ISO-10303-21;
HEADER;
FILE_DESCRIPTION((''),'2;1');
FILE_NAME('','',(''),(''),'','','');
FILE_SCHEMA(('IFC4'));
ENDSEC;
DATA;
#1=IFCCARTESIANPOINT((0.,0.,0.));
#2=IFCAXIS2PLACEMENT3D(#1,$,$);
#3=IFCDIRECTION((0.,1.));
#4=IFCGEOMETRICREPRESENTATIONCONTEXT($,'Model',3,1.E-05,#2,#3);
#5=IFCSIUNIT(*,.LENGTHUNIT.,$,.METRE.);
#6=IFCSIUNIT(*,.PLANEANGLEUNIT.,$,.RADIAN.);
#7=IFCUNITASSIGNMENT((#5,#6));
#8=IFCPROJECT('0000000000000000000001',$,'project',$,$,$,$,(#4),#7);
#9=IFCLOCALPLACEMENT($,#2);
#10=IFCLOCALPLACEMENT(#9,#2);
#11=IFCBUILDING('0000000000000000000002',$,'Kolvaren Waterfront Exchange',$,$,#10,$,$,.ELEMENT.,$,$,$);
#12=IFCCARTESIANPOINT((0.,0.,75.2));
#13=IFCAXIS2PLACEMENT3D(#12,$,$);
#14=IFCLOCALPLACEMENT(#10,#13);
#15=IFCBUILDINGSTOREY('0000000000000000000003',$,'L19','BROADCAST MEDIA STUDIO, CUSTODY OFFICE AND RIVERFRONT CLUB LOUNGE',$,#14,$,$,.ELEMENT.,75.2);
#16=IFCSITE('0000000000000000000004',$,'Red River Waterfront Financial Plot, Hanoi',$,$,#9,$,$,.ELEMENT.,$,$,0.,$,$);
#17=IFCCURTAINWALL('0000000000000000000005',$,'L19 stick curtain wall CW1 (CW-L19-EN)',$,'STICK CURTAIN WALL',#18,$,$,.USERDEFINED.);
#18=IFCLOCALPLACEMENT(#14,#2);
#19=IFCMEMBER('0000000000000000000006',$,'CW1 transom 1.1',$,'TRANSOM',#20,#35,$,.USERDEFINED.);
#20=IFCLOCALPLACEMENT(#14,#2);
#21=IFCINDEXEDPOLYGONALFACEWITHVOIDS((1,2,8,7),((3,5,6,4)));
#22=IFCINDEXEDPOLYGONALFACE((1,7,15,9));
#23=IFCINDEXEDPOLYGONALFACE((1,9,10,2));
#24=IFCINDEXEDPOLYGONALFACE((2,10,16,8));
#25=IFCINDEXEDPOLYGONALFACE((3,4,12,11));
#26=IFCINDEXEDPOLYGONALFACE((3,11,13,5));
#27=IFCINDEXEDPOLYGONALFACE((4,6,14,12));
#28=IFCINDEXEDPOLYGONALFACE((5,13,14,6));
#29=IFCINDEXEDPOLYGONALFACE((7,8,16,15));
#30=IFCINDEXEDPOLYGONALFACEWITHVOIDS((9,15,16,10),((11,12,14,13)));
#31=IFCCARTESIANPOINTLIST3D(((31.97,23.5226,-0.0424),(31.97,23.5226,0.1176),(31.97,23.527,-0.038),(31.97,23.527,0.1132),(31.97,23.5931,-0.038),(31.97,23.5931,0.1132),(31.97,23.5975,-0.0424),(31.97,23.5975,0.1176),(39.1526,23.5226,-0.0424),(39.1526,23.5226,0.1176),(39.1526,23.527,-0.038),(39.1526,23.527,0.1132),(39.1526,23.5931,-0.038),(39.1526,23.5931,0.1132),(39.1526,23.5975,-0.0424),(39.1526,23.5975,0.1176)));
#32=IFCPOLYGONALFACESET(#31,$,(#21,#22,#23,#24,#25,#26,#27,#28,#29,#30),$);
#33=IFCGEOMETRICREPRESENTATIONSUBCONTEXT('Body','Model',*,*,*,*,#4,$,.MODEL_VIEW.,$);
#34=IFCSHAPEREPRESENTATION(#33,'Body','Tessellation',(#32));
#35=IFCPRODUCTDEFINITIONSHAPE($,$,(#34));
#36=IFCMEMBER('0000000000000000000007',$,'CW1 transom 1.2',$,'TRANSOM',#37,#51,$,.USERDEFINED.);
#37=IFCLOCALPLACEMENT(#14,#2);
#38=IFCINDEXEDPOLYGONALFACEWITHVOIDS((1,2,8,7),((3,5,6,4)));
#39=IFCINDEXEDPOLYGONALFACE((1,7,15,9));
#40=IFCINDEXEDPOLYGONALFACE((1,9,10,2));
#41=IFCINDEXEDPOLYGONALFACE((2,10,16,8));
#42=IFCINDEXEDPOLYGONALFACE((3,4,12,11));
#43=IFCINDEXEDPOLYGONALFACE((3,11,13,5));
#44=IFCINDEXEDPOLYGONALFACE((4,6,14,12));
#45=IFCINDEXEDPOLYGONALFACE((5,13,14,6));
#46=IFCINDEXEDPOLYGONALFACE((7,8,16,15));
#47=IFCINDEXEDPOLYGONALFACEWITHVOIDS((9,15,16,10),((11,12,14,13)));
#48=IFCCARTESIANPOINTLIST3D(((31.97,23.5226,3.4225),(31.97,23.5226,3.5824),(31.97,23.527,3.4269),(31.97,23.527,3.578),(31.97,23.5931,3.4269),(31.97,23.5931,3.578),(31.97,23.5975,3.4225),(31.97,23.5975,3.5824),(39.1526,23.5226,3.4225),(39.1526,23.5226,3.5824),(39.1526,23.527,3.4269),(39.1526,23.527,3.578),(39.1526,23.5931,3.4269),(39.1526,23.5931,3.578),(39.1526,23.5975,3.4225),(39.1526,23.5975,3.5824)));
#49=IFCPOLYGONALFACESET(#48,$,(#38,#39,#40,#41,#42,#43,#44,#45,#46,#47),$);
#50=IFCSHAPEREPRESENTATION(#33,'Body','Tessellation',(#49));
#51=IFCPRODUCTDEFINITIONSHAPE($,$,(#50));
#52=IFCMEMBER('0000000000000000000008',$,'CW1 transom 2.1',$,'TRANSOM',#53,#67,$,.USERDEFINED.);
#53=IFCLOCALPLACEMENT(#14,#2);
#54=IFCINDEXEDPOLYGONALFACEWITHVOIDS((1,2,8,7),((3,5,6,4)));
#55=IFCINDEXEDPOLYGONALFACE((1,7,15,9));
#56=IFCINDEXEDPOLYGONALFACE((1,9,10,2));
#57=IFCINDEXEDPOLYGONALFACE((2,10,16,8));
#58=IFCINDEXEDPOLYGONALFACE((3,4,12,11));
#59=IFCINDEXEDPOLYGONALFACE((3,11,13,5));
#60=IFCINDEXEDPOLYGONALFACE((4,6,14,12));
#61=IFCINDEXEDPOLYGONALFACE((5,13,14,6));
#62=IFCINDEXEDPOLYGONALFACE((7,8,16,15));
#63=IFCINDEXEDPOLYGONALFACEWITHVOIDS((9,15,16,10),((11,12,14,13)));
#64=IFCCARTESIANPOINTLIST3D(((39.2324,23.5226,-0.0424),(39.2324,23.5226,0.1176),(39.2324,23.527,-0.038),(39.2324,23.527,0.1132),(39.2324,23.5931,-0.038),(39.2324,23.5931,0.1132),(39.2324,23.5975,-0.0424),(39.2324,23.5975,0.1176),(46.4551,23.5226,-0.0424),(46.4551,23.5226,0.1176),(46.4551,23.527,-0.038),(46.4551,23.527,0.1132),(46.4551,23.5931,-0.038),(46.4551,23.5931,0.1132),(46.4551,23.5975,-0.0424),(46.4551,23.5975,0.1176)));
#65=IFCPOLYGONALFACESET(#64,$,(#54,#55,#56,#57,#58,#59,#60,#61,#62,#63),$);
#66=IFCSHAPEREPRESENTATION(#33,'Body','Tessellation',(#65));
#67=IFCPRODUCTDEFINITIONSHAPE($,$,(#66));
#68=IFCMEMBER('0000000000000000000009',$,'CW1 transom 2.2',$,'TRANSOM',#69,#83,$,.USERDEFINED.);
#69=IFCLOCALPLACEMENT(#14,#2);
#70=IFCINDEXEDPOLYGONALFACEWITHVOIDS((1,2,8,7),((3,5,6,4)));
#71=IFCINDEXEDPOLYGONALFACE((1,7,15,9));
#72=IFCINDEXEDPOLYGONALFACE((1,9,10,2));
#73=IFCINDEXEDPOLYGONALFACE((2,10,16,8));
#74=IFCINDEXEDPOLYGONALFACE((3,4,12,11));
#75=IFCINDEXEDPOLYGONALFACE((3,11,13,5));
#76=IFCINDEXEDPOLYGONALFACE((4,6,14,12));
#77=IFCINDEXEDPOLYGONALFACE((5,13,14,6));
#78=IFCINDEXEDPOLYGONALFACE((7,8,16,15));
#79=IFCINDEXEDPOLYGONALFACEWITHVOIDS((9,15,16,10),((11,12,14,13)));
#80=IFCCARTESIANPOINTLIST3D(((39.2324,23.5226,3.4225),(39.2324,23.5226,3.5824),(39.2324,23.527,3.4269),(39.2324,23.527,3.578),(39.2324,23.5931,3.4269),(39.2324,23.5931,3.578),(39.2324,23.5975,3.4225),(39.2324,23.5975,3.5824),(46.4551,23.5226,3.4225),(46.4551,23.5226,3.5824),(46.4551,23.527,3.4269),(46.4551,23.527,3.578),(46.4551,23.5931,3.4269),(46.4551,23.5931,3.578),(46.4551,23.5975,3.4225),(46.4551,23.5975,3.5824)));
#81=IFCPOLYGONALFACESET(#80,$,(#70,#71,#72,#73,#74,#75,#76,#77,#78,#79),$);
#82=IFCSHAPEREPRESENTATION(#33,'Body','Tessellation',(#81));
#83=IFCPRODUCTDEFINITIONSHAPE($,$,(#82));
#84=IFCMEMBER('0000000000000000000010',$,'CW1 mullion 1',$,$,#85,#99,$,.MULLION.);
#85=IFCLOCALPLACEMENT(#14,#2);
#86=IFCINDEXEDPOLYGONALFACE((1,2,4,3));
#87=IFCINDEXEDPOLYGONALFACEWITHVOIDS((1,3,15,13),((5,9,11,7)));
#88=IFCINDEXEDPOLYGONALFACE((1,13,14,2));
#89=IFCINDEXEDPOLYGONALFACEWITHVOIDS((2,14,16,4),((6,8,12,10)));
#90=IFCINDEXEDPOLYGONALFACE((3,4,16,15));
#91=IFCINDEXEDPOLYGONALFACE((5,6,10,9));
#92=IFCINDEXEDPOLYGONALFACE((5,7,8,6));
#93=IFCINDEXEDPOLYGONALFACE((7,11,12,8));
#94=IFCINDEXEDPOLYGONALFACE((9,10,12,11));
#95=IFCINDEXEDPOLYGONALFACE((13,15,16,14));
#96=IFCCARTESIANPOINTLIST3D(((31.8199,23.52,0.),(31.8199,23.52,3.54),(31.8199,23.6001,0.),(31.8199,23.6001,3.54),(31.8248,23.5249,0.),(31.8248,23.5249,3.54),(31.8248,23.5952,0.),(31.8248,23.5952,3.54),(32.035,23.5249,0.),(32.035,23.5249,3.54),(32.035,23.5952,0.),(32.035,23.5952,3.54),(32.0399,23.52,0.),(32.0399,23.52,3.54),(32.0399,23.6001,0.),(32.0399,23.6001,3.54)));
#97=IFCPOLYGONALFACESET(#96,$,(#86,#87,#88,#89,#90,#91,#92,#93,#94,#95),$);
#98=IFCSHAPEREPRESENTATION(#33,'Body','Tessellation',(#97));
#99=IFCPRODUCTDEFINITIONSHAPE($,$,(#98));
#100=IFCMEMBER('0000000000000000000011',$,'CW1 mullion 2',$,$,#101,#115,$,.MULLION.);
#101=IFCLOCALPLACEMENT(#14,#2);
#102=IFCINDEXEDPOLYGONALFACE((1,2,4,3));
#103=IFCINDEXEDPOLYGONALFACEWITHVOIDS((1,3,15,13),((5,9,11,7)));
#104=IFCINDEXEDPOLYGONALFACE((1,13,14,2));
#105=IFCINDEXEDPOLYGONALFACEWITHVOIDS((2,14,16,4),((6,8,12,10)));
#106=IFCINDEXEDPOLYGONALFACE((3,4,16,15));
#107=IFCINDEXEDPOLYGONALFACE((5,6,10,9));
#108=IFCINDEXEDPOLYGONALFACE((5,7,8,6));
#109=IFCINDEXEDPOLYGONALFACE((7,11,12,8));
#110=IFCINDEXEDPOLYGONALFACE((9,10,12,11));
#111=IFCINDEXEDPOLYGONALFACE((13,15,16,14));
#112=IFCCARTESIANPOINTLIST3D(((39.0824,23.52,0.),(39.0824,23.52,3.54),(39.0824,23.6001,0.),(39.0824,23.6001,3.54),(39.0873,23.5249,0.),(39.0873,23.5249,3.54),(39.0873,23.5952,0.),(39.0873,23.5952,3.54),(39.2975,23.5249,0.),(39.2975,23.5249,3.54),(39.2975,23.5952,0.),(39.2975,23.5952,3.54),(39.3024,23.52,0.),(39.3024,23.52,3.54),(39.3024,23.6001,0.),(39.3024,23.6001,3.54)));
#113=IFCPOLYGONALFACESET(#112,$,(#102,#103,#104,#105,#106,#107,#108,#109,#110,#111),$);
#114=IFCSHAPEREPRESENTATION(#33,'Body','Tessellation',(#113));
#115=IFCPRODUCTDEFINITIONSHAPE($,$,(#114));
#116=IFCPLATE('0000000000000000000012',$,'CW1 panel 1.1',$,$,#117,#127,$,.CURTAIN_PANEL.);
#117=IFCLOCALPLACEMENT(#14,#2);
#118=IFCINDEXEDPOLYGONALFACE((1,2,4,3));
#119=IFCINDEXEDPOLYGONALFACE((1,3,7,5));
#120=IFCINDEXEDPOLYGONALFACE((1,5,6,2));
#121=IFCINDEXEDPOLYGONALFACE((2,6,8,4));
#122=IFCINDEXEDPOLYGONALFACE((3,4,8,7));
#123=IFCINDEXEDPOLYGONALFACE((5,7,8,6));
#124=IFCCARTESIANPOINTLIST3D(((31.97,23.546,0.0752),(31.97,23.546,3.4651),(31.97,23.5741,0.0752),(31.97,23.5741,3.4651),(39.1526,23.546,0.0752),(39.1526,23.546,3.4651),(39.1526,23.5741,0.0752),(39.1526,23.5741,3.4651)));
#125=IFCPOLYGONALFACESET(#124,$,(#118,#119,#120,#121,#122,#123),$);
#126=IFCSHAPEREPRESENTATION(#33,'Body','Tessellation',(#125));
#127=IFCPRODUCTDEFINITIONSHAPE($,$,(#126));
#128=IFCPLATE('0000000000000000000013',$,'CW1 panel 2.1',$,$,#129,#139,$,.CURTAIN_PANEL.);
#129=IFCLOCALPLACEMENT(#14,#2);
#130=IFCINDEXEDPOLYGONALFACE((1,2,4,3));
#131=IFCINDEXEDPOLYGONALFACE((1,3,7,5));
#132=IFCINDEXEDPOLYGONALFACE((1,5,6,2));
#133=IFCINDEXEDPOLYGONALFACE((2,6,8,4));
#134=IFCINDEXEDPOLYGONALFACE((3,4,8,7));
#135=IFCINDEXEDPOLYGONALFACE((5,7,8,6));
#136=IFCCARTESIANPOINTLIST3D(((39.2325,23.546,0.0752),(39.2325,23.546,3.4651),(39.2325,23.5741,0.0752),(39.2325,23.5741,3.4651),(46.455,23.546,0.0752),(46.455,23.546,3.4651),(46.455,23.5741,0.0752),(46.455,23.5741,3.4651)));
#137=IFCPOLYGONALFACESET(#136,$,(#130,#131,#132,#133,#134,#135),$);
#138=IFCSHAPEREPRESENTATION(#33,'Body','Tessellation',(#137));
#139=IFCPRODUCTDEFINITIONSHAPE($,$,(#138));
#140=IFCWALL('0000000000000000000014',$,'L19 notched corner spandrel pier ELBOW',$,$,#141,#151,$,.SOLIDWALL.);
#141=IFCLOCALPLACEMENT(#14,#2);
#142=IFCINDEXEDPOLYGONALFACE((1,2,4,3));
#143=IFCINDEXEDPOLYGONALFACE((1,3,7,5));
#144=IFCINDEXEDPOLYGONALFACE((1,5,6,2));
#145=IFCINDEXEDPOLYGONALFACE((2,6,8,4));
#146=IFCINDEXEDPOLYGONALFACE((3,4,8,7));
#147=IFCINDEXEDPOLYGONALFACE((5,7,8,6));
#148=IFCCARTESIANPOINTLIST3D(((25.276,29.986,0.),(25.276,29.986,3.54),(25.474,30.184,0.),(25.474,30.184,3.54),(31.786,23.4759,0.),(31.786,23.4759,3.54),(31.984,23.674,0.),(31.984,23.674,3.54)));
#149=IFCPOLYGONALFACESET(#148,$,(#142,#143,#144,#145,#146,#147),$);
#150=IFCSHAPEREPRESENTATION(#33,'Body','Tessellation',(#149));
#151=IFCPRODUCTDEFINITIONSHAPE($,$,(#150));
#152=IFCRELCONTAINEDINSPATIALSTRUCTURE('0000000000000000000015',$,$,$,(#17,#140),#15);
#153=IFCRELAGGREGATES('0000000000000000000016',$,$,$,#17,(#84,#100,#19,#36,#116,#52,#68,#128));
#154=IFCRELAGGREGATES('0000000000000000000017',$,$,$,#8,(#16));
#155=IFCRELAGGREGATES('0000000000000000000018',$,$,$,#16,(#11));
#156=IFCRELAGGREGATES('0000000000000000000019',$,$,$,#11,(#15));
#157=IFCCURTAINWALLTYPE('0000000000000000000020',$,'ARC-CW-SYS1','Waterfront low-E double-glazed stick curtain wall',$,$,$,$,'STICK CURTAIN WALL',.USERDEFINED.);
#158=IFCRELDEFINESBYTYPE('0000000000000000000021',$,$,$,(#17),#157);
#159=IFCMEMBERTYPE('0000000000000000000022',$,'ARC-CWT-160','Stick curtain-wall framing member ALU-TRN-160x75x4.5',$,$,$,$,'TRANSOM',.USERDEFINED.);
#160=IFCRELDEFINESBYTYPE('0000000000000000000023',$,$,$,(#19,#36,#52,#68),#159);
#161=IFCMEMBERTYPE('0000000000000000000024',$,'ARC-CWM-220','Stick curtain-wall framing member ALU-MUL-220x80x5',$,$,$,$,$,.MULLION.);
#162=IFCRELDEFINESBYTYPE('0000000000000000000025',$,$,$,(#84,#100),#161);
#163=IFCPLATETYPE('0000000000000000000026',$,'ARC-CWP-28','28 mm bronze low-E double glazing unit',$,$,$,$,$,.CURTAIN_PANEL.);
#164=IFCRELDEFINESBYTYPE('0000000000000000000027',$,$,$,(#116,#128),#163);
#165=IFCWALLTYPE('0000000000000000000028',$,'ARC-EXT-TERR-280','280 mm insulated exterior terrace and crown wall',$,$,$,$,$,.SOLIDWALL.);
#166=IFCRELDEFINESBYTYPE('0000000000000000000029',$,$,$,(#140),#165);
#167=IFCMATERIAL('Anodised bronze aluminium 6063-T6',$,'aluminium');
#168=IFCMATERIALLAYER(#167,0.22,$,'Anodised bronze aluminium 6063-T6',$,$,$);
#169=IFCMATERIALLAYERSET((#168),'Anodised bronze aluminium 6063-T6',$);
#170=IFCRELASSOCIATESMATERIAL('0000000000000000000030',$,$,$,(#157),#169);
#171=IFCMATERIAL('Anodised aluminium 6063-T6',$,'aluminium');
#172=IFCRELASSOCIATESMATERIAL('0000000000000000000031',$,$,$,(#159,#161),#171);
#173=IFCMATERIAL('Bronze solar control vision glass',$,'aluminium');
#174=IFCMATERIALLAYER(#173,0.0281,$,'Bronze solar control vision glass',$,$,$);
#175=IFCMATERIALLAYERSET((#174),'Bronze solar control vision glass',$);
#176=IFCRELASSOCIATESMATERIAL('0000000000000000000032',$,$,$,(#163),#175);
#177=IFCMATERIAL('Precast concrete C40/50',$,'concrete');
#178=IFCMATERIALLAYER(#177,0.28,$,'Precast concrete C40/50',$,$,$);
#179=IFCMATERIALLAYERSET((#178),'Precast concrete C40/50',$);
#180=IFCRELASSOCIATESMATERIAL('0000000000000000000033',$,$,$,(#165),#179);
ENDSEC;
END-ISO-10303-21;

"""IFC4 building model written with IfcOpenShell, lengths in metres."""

from ifc_helpers import new_model, si_unit, direction, frame, frame_2d, origin, origin_with_axes, origin_2d, place, context, subcontext, project, spatial, rectangle, hollow_rectangle, extrude, source, transform, mapped, material, layer, layer_set, material_profile, profile_set, type_object, element, aggregate, save


model = new_model("IFC4")

# Units and contexts
model_context = context("Model", 3, precision=1e-05, world=origin(), true_north=direction((0.0, 1.0)))
body_context = subcontext(model_context, "Body", "Model", "MODEL_VIEW")
ifc_project = project(units=[si_unit("LENGTHUNIT", "METRE"), si_unit("PLANEANGLEUNIT", "RADIAN")], contexts=[model_context])

# Site, building, storey
site_placement = place(None, origin())
site = spatial("IfcSite", under=ifc_project, at=site_placement, Name="Red River Waterfront Financial Plot, Hanoi", CompositionType="ELEMENT", RefElevation=0.0)
building_placement = place(site_placement, origin())
building = spatial("IfcBuilding", under=site, at=building_placement, Name="Kolvaren Waterfront Exchange", CompositionType="ELEMENT")
storey_placement = place(building_placement, frame((0.0, 0.0, 75.2)))
storey = spatial("IfcBuildingStorey", under=building, at=storey_placement, Name="L19", Description="BROADCAST MEDIA STUDIO, CUSTODY OFFICE AND RIVERFRONT CLUB LOUNGE", CompositionType="ELEMENT", Elevation=75.2)

# Curtain wall, members, plates
ifc_material_1 = material(Name="Anodised bronze aluminium 6063-T6", Category="aluminium")
ifc_layer_1 = layer(ifc_material_1, 0.22, Name="Anodised bronze aluminium 6063-T6")
ifc_layer_set_1 = layer_set([ifc_layer_1], Name="Anodised bronze aluminium 6063-T6")
curtain_wall_type = type_object("IfcCurtainWallType", Name="ARC-CW-SYS1", Description="Waterfront low-E double-glazed stick curtain wall", ElementType="STICK CURTAIN WALL", PredefinedType="USERDEFINED", material=ifc_layer_set_1)
curtain_wall_placement = place(storey_placement, origin())
curtain_wall = element("IfcCurtainWall", 1, at=curtain_wall_placement, inside=storey, type_object=curtain_wall_type, Name="L19 stick curtain wall CW1 (CW-L19-EN)", ObjectType="STICK CURTAIN WALL", PredefinedType="USERDEFINED")
ifc_material_2 = material(Name="Anodised aluminium 6063-T6", Category="aluminium")
ifc_material_profile_1 = material_profile(ifc_material_2, hollow_rectangle(XDim=0.075, YDim=0.1599, WallThickness=0.0044, at=origin_2d()), Name="ALU-TRN-160x75x4.5")
ifc_profile_set_1 = profile_set([ifc_material_profile_1], Name="Anodised aluminium 6063-T6")
member_type_1 = type_object("IfcMemberType", Name="ARC-CWT-160", Description="Stick curtain-wall framing member ALU-TRN-160x75x4.5", ElementType="TRANSOM", PredefinedType="USERDEFINED", material=ifc_profile_set_1)
shared_shape_1 = source(origin_with_axes(), body_context, "Body", "SweptSolid", [
    extrude(hollow_rectangle(XDim=0.075, YDim=0.1599, WallThickness=0.0044, at=origin_2d()), origin(), (0.0, 0.0, 1.0), 7.1826),
])
member_1_placement = place(storey_placement, frame((31.97, 23.5601, 0.0376), z_axis=(1.0, 0.0, 0.0), x_axis=(0.0, 1.0, 0.0)))
member_1 = element("IfcMember", 2, at=member_1_placement, type_object=member_type_1, Name="CW1 transom 1.1", ObjectType="TRANSOM", PredefinedType="USERDEFINED", context=body_context, shape_type="MappedRepresentation", body=[
    mapped(shared_shape_1, transform((0.0, 0.0, 0.0), x_axis=(1.0, 0.0, 0.0), y_axis=(0.0, 1.0, 0.0), z_axis=(0.0, 0.0, 1.0), scale=1.0)),
])
member_2_placement = place(storey_placement, frame((31.97, 23.5601, 3.5024), z_axis=(1.0, 0.0, 0.0), x_axis=(0.0, 1.0, 0.0)))
member_2 = element("IfcMember", 3, at=member_2_placement, type_object=member_type_1, Name="CW1 transom 1.2", ObjectType="TRANSOM", PredefinedType="USERDEFINED", context=body_context, shape_type="MappedRepresentation", body=[
    mapped(shared_shape_1, transform((0.0, 0.0, 0.0), x_axis=(1.0, 0.0, 0.0), y_axis=(0.0, 1.0, 0.0), z_axis=(0.0, 0.0, 1.0), scale=1.0)),
])
shared_shape_2 = source(origin_with_axes(), body_context, "Body", "SweptSolid", [
    extrude(hollow_rectangle(XDim=0.075, YDim=0.1599, WallThickness=0.0044, at=origin_2d()), origin(), (0.0, 0.0, 1.0), 7.2227),
])
member_3_placement = place(storey_placement, frame((39.2324, 23.5601, 0.0376), z_axis=(1.0, 0.0, 0.0), x_axis=(0.0, 1.0, 0.0)))
member_3 = element("IfcMember", 4, at=member_3_placement, type_object=member_type_1, Name="CW1 transom 2.1", ObjectType="TRANSOM", PredefinedType="USERDEFINED", context=body_context, shape_type="MappedRepresentation", body=[
    mapped(shared_shape_2, transform((0.0, 0.0, 0.0), x_axis=(1.0, 0.0, 0.0), y_axis=(0.0, 1.0, 0.0), z_axis=(0.0, 0.0, 1.0), scale=1.0)),
])
member_4_placement = place(storey_placement, frame((39.2324, 23.5601, 3.5024), z_axis=(1.0, 0.0, 0.0), x_axis=(0.0, 1.0, 0.0)))
member_4 = element("IfcMember", 5, at=member_4_placement, type_object=member_type_1, Name="CW1 transom 2.2", ObjectType="TRANSOM", PredefinedType="USERDEFINED", context=body_context, shape_type="MappedRepresentation", body=[
    mapped(shared_shape_2, transform((0.0, 0.0, 0.0), x_axis=(1.0, 0.0, 0.0), y_axis=(0.0, 1.0, 0.0), z_axis=(0.0, 0.0, 1.0), scale=1.0)),
])
ifc_material_profile_2 = material_profile(ifc_material_2, hollow_rectangle(XDim=0.0801, YDim=0.22, WallThickness=0.0049, at=origin_2d()), Name="ALU-MUL-220x80x5")
ifc_profile_set_2 = profile_set([ifc_material_profile_2], Name="Anodised aluminium 6063-T6")
member_type_2 = type_object("IfcMemberType", Name="ARC-CWM-220", Description="Stick curtain-wall framing member ALU-MUL-220x80x5", PredefinedType="MULLION", material=ifc_profile_set_2)
shared_shape_3 = source(origin_with_axes(), body_context, "Body", "SweptSolid", [
    extrude(hollow_rectangle(XDim=0.0801, YDim=0.22, WallThickness=0.0049, at=origin_2d()), origin(), (0.0, 0.0, 1.0), 3.54),
])
member_5_placement = place(storey_placement, frame((31.9299, 23.5601, 0.0), z_axis=(0.0, 0.0, 1.0), x_axis=(0.0, 1.0, 0.0)))
member_5 = element("IfcMember", 6, at=member_5_placement, type_object=member_type_2, Name="CW1 mullion 1", PredefinedType="MULLION", context=body_context, shape_type="MappedRepresentation", body=[
    mapped(shared_shape_3, transform((0.0, 0.0, 0.0), x_axis=(1.0, 0.0, 0.0), y_axis=(0.0, 1.0, 0.0), z_axis=(0.0, 0.0, 1.0), scale=1.0)),
])
member_6_placement = place(storey_placement, frame((39.1924, 23.5601, 0.0), z_axis=(0.0, 0.0, 1.0), x_axis=(0.0, 1.0, 0.0)))
member_6 = element("IfcMember", 7, at=member_6_placement, type_object=member_type_2, Name="CW1 mullion 2", PredefinedType="MULLION", context=body_context, shape_type="MappedRepresentation", body=[
    mapped(shared_shape_3, transform((0.0, 0.0, 0.0), x_axis=(1.0, 0.0, 0.0), y_axis=(0.0, 1.0, 0.0), z_axis=(0.0, 0.0, 1.0), scale=1.0)),
])
ifc_material_3 = material(Name="Bronze solar control vision glass", Category="aluminium")
ifc_layer_2 = layer(ifc_material_3, 0.0281, Name="Bronze solar control vision glass")
ifc_layer_set_2 = layer_set([ifc_layer_2], Name="Bronze solar control vision glass")
plate_type = type_object("IfcPlateType", Name="ARC-CWP-28", Description="28 mm bronze low-E double glazing unit", PredefinedType="CURTAIN_PANEL", material=ifc_layer_set_2)
shared_shape_4 = source(origin_with_axes(), body_context, "Body", "SweptSolid", [
    extrude(rectangle(XDim=7.1826, YDim=0.0281, at=origin_2d()), origin(), (0.0, 0.0, 1.0), 3.3899),
])
plate_1_placement = place(storey_placement, frame((35.5613, 23.5601, 0.0752), z_axis=(0.0, 0.0, 1.0), x_axis=(1.0, 0.0, 0.0)))
plate_1 = element("IfcPlate", 8, at=plate_1_placement, type_object=plate_type, Name="CW1 panel 1.1", PredefinedType="CURTAIN_PANEL", context=body_context, shape_type="MappedRepresentation", body=[
    mapped(shared_shape_4, transform((0.0, 0.0, 0.0), x_axis=(1.0, 0.0, 0.0), y_axis=(0.0, 1.0, 0.0), z_axis=(0.0, 0.0, 1.0), scale=1.0)),
])
shared_shape_5 = source(origin_with_axes(), body_context, "Body", "SweptSolid", [
    extrude(rectangle(XDim=7.2224, YDim=0.0281, at=origin_2d()), origin(), (0.0, 0.0, 1.0), 3.3899),
])
plate_2_placement = place(storey_placement, frame((42.8438, 23.5601, 0.0752), z_axis=(0.0, 0.0, 1.0), x_axis=(1.0, 0.0, 0.0)))
plate_2 = element("IfcPlate", 9, at=plate_2_placement, type_object=plate_type, Name="CW1 panel 2.1", PredefinedType="CURTAIN_PANEL", context=body_context, shape_type="MappedRepresentation", body=[
    mapped(shared_shape_5, transform((0.0, 0.0, 0.0), x_axis=(1.0, 0.0, 0.0), y_axis=(0.0, 1.0, 0.0), z_axis=(0.0, 0.0, 1.0), scale=1.0)),
])
aggregate(curtain_wall, [member_5, member_6, member_1, member_2, plate_1, member_3, member_4, plate_2])

# Wall
ifc_material_4 = material(Name="Precast concrete C40/50", Category="concrete")
ifc_layer_3 = layer(ifc_material_4, 0.28, Name="Precast concrete C40/50")
ifc_layer_set_3 = layer_set([ifc_layer_3], Name="Precast concrete C40/50")
wall_type_1 = type_object("IfcWallType", Name="ARC-EXT-TERR-280", Description="280 mm insulated exterior terrace and crown wall", PredefinedType="SOLIDWALL", material=ifc_layer_set_3)
wall_1_placement = place(storey_placement, frame((31.885, 23.575, 0.0), z_axis=(0.0, 0.0, 1.0), x_axis=(-0.707107, 0.707107, 0.0)))
element("IfcWall", 10, at=wall_1_placement, inside=storey, type_object=wall_type_1, Name="L19 notched corner spandrel pier ELBOW", PredefinedType="SOLIDWALL", context=body_context, shape_type="SweptSolid", body=[
    extrude(rectangle(XDim=9.2065, YDim=0.28, at=frame_2d((4.6033, 0.0))), origin(), (0.0, 0.0, 1.0), 3.54),
])

save(model, "model.ifc")
